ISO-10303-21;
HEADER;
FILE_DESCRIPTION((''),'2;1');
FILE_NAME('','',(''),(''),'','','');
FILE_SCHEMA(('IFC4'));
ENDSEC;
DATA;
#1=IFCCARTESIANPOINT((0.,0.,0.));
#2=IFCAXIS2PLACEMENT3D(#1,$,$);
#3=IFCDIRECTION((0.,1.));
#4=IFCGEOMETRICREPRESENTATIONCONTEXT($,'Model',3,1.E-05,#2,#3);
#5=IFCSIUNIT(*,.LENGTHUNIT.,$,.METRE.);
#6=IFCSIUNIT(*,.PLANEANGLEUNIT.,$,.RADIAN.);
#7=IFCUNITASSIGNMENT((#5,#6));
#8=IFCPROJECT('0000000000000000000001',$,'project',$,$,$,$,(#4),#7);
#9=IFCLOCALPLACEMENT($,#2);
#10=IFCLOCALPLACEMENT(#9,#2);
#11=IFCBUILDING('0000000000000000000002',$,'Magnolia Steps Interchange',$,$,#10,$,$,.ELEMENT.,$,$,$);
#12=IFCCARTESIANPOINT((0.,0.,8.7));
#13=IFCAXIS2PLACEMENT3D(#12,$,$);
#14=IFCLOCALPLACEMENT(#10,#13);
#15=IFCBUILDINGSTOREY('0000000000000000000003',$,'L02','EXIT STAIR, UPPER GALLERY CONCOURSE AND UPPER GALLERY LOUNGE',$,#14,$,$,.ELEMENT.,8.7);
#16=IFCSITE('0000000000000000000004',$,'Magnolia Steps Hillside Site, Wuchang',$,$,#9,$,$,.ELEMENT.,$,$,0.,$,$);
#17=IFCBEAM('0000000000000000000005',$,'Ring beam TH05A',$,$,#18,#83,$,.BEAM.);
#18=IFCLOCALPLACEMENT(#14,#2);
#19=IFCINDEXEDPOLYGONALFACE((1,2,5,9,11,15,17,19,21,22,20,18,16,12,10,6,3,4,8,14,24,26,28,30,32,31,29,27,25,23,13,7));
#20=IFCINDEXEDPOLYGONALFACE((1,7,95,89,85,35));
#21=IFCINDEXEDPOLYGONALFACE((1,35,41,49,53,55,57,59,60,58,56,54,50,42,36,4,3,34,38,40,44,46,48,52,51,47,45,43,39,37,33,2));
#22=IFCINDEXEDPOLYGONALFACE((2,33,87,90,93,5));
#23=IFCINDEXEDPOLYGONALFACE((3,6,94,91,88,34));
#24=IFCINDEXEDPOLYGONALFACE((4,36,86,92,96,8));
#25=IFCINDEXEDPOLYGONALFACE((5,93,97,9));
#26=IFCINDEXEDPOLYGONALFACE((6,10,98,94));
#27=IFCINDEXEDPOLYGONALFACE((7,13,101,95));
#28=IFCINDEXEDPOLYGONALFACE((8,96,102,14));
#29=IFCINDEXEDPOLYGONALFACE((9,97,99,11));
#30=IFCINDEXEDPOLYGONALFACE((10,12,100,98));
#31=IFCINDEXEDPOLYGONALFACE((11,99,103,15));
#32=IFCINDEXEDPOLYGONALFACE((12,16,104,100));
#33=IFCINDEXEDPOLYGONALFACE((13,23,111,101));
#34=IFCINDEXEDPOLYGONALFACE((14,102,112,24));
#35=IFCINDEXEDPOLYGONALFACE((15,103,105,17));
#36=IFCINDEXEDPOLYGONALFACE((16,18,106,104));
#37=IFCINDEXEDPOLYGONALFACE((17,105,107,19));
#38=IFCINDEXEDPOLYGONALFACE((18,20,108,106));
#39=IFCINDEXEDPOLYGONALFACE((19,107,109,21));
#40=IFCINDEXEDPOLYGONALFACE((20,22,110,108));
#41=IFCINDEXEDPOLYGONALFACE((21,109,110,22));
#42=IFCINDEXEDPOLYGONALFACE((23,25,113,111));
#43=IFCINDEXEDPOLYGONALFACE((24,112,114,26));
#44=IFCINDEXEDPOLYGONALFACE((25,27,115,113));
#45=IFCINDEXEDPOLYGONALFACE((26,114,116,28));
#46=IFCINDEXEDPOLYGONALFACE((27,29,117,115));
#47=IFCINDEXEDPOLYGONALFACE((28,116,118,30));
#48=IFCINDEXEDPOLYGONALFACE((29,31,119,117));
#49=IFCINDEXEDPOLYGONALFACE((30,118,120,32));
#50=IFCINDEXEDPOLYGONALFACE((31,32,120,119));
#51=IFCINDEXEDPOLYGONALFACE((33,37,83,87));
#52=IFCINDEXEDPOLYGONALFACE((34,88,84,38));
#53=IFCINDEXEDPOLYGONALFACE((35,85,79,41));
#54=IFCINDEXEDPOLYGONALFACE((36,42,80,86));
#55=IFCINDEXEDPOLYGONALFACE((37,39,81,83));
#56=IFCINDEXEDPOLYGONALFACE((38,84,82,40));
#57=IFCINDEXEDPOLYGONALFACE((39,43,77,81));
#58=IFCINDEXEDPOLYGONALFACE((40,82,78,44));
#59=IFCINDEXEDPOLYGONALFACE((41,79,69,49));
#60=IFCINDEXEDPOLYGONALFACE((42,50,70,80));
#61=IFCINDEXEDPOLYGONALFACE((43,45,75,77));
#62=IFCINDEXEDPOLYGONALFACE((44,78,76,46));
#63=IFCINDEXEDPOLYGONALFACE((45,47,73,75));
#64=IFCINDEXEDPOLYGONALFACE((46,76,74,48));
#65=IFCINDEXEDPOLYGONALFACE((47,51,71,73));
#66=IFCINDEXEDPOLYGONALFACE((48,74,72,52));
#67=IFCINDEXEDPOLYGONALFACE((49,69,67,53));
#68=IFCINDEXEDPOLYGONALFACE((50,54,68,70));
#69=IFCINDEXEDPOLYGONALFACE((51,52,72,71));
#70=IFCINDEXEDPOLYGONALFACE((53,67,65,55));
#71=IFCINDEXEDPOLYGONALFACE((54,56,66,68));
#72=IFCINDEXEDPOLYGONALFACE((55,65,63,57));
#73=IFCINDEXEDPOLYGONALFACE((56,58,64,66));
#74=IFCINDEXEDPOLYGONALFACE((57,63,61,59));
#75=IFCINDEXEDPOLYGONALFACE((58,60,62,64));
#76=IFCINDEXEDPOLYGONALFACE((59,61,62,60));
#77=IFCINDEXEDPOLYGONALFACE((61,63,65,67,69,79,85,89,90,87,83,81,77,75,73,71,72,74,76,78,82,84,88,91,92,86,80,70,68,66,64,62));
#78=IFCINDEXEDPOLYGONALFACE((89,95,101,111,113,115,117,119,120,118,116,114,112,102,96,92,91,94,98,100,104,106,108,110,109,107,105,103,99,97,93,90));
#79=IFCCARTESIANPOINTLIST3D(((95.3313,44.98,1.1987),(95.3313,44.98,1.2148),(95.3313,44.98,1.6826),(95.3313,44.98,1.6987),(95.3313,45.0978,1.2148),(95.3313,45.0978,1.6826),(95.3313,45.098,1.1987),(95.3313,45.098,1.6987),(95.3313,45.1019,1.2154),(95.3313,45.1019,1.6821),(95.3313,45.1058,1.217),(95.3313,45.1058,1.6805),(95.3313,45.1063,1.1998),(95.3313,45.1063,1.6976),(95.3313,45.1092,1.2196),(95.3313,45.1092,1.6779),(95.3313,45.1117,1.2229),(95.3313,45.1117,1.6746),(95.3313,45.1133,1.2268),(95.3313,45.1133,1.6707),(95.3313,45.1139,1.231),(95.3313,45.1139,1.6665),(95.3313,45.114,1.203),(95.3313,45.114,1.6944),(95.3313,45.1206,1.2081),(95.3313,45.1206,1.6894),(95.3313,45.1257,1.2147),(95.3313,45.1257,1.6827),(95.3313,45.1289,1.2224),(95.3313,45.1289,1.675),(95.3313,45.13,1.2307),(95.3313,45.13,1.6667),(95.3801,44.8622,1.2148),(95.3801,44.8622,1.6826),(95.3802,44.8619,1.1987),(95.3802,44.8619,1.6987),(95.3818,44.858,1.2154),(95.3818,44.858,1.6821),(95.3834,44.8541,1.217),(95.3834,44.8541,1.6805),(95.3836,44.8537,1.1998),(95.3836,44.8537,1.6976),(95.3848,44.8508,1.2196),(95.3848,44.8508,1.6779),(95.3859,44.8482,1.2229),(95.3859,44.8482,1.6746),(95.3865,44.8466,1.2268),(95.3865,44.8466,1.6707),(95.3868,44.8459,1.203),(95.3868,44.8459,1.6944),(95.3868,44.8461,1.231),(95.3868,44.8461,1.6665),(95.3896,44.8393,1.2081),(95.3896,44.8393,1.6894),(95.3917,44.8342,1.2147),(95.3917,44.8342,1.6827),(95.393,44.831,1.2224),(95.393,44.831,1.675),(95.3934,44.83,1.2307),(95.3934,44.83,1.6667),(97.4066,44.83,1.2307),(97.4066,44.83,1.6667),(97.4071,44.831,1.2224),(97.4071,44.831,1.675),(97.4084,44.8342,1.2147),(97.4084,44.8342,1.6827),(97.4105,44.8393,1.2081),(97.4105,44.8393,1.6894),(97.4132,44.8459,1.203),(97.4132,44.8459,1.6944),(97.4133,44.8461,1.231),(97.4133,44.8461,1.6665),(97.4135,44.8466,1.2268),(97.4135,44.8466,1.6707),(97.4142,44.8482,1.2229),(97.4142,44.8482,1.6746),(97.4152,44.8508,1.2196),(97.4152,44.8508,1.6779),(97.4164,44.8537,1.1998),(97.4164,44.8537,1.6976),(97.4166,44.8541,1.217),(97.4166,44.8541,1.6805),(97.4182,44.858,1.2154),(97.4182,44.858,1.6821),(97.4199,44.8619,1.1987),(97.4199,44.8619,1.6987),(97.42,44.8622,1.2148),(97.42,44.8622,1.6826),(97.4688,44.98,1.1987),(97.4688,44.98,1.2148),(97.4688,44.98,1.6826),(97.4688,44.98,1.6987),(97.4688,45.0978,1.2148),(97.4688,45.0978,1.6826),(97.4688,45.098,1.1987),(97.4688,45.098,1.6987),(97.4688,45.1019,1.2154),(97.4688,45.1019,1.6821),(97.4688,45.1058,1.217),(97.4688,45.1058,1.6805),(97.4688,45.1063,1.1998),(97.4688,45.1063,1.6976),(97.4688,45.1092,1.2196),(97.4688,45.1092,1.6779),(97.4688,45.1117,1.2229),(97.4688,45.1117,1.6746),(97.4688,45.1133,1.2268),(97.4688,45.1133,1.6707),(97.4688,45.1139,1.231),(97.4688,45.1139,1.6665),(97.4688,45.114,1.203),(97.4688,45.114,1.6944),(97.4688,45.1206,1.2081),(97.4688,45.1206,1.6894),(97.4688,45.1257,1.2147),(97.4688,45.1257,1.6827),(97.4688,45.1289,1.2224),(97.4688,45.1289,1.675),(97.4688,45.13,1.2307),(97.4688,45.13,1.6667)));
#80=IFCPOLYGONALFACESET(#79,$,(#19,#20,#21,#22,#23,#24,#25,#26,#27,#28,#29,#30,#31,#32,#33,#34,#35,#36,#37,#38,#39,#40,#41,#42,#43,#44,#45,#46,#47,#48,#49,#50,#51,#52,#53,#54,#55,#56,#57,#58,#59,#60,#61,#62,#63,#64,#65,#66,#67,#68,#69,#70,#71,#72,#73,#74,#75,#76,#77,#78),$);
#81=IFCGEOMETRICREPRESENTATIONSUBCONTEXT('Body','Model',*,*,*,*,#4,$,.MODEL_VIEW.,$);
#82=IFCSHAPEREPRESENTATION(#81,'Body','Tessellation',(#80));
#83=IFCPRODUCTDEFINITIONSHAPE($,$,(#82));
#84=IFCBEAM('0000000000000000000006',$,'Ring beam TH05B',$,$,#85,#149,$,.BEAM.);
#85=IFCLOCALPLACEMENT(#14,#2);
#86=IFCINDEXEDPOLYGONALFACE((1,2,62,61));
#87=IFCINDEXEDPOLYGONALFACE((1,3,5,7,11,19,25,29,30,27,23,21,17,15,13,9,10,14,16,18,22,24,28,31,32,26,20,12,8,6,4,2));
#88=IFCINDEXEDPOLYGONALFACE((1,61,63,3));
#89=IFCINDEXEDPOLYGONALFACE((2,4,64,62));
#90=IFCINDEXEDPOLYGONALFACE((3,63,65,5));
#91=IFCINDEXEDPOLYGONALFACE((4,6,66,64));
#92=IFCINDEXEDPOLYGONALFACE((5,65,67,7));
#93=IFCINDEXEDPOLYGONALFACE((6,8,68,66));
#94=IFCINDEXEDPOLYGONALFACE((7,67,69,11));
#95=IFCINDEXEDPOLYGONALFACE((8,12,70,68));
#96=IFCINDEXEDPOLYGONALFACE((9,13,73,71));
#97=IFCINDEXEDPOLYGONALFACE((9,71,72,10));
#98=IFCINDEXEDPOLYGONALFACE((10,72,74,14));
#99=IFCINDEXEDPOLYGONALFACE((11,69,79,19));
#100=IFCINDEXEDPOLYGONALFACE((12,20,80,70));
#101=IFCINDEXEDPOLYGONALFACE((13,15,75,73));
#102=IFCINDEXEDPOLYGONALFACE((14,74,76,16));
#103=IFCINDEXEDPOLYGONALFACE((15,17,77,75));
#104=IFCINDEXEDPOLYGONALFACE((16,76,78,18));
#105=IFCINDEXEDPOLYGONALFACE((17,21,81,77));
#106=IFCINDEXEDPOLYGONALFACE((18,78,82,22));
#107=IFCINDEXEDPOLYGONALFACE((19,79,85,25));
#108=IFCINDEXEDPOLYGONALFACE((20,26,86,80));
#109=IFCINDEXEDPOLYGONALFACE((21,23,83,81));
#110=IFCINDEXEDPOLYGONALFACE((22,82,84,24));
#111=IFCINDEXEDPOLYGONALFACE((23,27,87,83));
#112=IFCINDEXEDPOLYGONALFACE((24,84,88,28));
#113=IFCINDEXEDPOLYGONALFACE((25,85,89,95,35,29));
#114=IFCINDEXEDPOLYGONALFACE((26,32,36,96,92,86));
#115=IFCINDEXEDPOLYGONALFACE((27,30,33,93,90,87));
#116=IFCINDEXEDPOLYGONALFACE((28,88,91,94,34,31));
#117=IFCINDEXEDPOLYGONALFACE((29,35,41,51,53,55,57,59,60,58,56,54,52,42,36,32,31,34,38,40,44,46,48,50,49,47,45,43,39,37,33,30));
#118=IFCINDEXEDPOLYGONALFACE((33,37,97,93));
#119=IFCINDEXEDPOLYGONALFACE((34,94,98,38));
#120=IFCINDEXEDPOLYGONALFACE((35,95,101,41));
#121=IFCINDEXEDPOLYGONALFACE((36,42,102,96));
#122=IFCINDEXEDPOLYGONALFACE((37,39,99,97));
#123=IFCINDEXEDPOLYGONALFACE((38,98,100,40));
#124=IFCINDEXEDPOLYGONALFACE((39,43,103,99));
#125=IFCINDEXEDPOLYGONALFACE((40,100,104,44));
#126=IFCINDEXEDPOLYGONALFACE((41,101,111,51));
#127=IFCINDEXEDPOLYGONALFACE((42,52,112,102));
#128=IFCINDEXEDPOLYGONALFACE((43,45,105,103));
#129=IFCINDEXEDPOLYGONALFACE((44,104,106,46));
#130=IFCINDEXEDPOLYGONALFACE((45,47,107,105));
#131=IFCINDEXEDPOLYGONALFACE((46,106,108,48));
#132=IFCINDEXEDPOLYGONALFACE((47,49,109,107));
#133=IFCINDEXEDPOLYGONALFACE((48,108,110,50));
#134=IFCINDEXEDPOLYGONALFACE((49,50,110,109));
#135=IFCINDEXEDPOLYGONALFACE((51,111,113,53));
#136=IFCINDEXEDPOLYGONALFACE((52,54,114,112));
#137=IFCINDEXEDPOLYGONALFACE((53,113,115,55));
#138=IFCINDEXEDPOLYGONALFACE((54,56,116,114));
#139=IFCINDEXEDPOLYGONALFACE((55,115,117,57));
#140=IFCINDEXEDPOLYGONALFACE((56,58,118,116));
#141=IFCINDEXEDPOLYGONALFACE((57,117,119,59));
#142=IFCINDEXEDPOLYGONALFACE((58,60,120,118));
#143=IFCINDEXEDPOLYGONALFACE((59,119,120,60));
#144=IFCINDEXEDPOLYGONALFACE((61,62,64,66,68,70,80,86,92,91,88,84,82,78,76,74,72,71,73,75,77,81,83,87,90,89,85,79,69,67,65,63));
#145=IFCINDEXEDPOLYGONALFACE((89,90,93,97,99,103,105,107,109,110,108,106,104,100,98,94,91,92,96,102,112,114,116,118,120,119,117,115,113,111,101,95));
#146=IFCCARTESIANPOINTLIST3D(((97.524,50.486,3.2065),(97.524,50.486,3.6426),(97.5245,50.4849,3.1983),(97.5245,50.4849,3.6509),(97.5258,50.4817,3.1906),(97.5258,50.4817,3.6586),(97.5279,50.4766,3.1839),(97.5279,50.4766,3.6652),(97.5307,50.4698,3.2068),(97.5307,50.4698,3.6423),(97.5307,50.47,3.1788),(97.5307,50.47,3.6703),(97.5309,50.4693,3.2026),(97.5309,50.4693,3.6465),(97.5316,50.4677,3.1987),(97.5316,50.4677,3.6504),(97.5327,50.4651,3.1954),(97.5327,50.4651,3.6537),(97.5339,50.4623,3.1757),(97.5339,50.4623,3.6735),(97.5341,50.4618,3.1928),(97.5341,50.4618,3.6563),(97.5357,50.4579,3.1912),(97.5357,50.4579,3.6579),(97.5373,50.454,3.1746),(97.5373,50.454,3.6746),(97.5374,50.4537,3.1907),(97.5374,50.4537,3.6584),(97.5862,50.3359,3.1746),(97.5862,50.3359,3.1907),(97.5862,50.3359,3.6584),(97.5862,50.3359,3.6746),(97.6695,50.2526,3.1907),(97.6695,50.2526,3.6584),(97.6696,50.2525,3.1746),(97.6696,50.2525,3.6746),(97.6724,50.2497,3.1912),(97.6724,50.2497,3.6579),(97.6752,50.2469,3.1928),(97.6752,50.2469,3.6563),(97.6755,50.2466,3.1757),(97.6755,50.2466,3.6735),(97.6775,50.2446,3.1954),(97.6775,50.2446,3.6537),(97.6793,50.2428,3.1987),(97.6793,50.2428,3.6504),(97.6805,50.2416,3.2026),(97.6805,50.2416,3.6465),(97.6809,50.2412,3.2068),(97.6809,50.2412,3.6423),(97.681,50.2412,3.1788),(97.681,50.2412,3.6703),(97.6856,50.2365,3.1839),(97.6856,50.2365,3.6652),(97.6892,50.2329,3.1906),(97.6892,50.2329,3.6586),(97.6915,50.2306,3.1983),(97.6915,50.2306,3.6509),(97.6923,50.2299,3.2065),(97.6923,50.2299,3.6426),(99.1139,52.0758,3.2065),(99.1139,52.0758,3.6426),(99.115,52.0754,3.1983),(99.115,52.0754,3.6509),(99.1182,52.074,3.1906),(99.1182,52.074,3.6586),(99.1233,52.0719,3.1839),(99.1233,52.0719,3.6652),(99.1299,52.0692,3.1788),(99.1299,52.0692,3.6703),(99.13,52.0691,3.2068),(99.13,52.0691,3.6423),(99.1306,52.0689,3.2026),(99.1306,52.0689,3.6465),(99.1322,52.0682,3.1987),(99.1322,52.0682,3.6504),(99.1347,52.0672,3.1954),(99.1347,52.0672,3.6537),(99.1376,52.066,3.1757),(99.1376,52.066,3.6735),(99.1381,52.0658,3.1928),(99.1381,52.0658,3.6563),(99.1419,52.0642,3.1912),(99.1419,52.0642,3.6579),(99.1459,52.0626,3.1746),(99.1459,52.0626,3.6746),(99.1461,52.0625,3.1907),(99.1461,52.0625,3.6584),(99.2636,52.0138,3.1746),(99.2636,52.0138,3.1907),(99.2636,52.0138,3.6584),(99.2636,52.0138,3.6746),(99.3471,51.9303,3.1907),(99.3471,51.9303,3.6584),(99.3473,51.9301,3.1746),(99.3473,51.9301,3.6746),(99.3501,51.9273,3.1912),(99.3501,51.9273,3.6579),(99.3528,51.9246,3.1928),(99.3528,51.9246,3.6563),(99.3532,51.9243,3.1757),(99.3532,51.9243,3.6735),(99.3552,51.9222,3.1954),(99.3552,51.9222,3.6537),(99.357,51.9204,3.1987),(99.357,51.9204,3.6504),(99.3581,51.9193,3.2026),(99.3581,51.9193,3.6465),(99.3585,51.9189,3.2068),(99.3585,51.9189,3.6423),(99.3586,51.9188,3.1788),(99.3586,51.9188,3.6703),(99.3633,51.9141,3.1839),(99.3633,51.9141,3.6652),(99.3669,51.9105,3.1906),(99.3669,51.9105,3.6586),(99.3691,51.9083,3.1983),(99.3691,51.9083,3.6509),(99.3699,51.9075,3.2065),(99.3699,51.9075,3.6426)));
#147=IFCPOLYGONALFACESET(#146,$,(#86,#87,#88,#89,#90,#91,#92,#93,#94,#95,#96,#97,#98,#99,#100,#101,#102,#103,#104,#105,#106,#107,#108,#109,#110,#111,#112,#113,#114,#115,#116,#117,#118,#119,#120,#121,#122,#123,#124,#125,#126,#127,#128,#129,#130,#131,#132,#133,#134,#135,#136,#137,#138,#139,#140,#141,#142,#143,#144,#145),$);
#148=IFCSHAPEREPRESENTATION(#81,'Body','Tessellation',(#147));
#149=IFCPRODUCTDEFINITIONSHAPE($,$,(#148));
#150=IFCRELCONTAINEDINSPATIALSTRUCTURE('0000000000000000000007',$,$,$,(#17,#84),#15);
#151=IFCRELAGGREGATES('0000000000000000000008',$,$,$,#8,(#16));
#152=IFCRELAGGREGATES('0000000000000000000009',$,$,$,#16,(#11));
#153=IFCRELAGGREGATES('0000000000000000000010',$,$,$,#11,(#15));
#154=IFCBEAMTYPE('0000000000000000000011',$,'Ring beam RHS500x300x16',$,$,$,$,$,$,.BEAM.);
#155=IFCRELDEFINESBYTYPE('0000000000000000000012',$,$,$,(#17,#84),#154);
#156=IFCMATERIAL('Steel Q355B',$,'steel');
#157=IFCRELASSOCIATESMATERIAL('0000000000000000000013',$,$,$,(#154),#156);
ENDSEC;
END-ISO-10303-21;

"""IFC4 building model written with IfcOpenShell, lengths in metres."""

from ifc_helpers import new_model, si_unit, direction, frame, origin, origin_2d, place, context, subcontext, project, spatial, hollow_rectangle, extrude, clip, halfspace, material, material_profile, profile_set, type_object, element, save


model = new_model("IFC4")

# Units and contexts
model_context = context("Model", 3, precision=1e-05, world=origin(), true_north=direction((0.0, 1.0)))
body_context = subcontext(model_context, "Body", "Model", "MODEL_VIEW")
ifc_project = project(units=[si_unit("LENGTHUNIT", "METRE"), si_unit("PLANEANGLEUNIT", "RADIAN")], contexts=[model_context])

# Site, building, storey
site_placement = place(None, origin())
site = spatial("IfcSite", under=ifc_project, at=site_placement, Name="Magnolia Steps Hillside Site, Wuchang", CompositionType="ELEMENT", RefElevation=0.0)
building_placement = place(site_placement, origin())
building = spatial("IfcBuilding", under=site, at=building_placement, Name="Magnolia Steps Interchange", CompositionType="ELEMENT")
storey_placement = place(building_placement, frame((0.0, 0.0, 8.7)))
storey = spatial("IfcBuildingStorey", under=building, at=storey_placement, Name="L02", Description="EXIT STAIR, UPPER GALLERY CONCOURSE AND UPPER GALLERY LOUNGE", CompositionType="ELEMENT", Elevation=8.7)

# Beams
ifc_material_1 = material(Name="Steel Q355B", Category="steel")
ifc_material_profile_1 = material_profile(ifc_material_1, hollow_rectangle(XDim=0.3, YDim=0.5, WallThickness=0.0161, InnerFilletRadius=0.0161, OuterFilletRadius=0.032, at=origin_2d()), Name="RHS500x300x16")
ifc_profile_set_1 = profile_set([ifc_material_profile_1], Name="Steel Q355B")
beam_type_1 = type_object("IfcBeamType", Name="Ring beam RHS500x300x16", PredefinedType="BEAM", material=ifc_profile_set_1)
beam_1_placement = place(storey_placement, frame((97.4688, 44.98, 1.4487), z_axis=(-1.0, 0.0, 0.0), x_axis=(0.0, -1.0, 0.0)))
element("IfcBeam", 1, at=beam_1_placement, inside=storey, type_object=beam_type_1, Name="Ring beam TH05A", PredefinedType="BEAM", context=body_context, shape_type="Clipping", body=[
    clip(clip(extrude(hollow_rectangle(XDim=0.3, YDim=0.5, WallThickness=0.0161, InnerFilletRadius=0.0161, OuterFilletRadius=0.032, at=origin_2d()), origin(), (0.0, 0.0, 1.0), 2.1375), halfspace(frame((0.0, 0.0, 0.0), z_axis=(0.382683, 0.0, -0.92388), x_axis=(0.92388, 0.0, 0.382683)), False)), halfspace(frame((0.0, 0.0, 2.1375), z_axis=(0.382683, 0.0, 0.92388), x_axis=(0.92388, 0.0, -0.382683)), False)),
])
beam_2_placement = place(storey_placement, frame((97.5862, 50.3359, 3.4246), z_axis=(0.707107, 0.707107, 0.0), x_axis=(-0.707107, 0.707107, 0.0)))
element("IfcBeam", 2, at=beam_2_placement, inside=storey, type_object=beam_type_1, Name="Ring beam TH05B", PredefinedType="BEAM", context=body_context, shape_type="Clipping", body=[
    clip(clip(extrude(hollow_rectangle(XDim=0.3, YDim=0.5, WallThickness=0.0161, InnerFilletRadius=0.0161, OuterFilletRadius=0.032, at=origin_2d()), origin(), (0.0, 0.0, 1.0), 2.3726), halfspace(frame((0.0, 0.0, 0.0), z_axis=(0.382683, 0.0, -0.92388), x_axis=(0.92388, 0.0, 0.382683)), False)), halfspace(frame((0.0, 0.0, 2.3727), z_axis=(0.382683, 0.0, 0.92388), x_axis=(0.92388, 0.0, -0.382683)), False)),
])

save(model, "model.ifc")
